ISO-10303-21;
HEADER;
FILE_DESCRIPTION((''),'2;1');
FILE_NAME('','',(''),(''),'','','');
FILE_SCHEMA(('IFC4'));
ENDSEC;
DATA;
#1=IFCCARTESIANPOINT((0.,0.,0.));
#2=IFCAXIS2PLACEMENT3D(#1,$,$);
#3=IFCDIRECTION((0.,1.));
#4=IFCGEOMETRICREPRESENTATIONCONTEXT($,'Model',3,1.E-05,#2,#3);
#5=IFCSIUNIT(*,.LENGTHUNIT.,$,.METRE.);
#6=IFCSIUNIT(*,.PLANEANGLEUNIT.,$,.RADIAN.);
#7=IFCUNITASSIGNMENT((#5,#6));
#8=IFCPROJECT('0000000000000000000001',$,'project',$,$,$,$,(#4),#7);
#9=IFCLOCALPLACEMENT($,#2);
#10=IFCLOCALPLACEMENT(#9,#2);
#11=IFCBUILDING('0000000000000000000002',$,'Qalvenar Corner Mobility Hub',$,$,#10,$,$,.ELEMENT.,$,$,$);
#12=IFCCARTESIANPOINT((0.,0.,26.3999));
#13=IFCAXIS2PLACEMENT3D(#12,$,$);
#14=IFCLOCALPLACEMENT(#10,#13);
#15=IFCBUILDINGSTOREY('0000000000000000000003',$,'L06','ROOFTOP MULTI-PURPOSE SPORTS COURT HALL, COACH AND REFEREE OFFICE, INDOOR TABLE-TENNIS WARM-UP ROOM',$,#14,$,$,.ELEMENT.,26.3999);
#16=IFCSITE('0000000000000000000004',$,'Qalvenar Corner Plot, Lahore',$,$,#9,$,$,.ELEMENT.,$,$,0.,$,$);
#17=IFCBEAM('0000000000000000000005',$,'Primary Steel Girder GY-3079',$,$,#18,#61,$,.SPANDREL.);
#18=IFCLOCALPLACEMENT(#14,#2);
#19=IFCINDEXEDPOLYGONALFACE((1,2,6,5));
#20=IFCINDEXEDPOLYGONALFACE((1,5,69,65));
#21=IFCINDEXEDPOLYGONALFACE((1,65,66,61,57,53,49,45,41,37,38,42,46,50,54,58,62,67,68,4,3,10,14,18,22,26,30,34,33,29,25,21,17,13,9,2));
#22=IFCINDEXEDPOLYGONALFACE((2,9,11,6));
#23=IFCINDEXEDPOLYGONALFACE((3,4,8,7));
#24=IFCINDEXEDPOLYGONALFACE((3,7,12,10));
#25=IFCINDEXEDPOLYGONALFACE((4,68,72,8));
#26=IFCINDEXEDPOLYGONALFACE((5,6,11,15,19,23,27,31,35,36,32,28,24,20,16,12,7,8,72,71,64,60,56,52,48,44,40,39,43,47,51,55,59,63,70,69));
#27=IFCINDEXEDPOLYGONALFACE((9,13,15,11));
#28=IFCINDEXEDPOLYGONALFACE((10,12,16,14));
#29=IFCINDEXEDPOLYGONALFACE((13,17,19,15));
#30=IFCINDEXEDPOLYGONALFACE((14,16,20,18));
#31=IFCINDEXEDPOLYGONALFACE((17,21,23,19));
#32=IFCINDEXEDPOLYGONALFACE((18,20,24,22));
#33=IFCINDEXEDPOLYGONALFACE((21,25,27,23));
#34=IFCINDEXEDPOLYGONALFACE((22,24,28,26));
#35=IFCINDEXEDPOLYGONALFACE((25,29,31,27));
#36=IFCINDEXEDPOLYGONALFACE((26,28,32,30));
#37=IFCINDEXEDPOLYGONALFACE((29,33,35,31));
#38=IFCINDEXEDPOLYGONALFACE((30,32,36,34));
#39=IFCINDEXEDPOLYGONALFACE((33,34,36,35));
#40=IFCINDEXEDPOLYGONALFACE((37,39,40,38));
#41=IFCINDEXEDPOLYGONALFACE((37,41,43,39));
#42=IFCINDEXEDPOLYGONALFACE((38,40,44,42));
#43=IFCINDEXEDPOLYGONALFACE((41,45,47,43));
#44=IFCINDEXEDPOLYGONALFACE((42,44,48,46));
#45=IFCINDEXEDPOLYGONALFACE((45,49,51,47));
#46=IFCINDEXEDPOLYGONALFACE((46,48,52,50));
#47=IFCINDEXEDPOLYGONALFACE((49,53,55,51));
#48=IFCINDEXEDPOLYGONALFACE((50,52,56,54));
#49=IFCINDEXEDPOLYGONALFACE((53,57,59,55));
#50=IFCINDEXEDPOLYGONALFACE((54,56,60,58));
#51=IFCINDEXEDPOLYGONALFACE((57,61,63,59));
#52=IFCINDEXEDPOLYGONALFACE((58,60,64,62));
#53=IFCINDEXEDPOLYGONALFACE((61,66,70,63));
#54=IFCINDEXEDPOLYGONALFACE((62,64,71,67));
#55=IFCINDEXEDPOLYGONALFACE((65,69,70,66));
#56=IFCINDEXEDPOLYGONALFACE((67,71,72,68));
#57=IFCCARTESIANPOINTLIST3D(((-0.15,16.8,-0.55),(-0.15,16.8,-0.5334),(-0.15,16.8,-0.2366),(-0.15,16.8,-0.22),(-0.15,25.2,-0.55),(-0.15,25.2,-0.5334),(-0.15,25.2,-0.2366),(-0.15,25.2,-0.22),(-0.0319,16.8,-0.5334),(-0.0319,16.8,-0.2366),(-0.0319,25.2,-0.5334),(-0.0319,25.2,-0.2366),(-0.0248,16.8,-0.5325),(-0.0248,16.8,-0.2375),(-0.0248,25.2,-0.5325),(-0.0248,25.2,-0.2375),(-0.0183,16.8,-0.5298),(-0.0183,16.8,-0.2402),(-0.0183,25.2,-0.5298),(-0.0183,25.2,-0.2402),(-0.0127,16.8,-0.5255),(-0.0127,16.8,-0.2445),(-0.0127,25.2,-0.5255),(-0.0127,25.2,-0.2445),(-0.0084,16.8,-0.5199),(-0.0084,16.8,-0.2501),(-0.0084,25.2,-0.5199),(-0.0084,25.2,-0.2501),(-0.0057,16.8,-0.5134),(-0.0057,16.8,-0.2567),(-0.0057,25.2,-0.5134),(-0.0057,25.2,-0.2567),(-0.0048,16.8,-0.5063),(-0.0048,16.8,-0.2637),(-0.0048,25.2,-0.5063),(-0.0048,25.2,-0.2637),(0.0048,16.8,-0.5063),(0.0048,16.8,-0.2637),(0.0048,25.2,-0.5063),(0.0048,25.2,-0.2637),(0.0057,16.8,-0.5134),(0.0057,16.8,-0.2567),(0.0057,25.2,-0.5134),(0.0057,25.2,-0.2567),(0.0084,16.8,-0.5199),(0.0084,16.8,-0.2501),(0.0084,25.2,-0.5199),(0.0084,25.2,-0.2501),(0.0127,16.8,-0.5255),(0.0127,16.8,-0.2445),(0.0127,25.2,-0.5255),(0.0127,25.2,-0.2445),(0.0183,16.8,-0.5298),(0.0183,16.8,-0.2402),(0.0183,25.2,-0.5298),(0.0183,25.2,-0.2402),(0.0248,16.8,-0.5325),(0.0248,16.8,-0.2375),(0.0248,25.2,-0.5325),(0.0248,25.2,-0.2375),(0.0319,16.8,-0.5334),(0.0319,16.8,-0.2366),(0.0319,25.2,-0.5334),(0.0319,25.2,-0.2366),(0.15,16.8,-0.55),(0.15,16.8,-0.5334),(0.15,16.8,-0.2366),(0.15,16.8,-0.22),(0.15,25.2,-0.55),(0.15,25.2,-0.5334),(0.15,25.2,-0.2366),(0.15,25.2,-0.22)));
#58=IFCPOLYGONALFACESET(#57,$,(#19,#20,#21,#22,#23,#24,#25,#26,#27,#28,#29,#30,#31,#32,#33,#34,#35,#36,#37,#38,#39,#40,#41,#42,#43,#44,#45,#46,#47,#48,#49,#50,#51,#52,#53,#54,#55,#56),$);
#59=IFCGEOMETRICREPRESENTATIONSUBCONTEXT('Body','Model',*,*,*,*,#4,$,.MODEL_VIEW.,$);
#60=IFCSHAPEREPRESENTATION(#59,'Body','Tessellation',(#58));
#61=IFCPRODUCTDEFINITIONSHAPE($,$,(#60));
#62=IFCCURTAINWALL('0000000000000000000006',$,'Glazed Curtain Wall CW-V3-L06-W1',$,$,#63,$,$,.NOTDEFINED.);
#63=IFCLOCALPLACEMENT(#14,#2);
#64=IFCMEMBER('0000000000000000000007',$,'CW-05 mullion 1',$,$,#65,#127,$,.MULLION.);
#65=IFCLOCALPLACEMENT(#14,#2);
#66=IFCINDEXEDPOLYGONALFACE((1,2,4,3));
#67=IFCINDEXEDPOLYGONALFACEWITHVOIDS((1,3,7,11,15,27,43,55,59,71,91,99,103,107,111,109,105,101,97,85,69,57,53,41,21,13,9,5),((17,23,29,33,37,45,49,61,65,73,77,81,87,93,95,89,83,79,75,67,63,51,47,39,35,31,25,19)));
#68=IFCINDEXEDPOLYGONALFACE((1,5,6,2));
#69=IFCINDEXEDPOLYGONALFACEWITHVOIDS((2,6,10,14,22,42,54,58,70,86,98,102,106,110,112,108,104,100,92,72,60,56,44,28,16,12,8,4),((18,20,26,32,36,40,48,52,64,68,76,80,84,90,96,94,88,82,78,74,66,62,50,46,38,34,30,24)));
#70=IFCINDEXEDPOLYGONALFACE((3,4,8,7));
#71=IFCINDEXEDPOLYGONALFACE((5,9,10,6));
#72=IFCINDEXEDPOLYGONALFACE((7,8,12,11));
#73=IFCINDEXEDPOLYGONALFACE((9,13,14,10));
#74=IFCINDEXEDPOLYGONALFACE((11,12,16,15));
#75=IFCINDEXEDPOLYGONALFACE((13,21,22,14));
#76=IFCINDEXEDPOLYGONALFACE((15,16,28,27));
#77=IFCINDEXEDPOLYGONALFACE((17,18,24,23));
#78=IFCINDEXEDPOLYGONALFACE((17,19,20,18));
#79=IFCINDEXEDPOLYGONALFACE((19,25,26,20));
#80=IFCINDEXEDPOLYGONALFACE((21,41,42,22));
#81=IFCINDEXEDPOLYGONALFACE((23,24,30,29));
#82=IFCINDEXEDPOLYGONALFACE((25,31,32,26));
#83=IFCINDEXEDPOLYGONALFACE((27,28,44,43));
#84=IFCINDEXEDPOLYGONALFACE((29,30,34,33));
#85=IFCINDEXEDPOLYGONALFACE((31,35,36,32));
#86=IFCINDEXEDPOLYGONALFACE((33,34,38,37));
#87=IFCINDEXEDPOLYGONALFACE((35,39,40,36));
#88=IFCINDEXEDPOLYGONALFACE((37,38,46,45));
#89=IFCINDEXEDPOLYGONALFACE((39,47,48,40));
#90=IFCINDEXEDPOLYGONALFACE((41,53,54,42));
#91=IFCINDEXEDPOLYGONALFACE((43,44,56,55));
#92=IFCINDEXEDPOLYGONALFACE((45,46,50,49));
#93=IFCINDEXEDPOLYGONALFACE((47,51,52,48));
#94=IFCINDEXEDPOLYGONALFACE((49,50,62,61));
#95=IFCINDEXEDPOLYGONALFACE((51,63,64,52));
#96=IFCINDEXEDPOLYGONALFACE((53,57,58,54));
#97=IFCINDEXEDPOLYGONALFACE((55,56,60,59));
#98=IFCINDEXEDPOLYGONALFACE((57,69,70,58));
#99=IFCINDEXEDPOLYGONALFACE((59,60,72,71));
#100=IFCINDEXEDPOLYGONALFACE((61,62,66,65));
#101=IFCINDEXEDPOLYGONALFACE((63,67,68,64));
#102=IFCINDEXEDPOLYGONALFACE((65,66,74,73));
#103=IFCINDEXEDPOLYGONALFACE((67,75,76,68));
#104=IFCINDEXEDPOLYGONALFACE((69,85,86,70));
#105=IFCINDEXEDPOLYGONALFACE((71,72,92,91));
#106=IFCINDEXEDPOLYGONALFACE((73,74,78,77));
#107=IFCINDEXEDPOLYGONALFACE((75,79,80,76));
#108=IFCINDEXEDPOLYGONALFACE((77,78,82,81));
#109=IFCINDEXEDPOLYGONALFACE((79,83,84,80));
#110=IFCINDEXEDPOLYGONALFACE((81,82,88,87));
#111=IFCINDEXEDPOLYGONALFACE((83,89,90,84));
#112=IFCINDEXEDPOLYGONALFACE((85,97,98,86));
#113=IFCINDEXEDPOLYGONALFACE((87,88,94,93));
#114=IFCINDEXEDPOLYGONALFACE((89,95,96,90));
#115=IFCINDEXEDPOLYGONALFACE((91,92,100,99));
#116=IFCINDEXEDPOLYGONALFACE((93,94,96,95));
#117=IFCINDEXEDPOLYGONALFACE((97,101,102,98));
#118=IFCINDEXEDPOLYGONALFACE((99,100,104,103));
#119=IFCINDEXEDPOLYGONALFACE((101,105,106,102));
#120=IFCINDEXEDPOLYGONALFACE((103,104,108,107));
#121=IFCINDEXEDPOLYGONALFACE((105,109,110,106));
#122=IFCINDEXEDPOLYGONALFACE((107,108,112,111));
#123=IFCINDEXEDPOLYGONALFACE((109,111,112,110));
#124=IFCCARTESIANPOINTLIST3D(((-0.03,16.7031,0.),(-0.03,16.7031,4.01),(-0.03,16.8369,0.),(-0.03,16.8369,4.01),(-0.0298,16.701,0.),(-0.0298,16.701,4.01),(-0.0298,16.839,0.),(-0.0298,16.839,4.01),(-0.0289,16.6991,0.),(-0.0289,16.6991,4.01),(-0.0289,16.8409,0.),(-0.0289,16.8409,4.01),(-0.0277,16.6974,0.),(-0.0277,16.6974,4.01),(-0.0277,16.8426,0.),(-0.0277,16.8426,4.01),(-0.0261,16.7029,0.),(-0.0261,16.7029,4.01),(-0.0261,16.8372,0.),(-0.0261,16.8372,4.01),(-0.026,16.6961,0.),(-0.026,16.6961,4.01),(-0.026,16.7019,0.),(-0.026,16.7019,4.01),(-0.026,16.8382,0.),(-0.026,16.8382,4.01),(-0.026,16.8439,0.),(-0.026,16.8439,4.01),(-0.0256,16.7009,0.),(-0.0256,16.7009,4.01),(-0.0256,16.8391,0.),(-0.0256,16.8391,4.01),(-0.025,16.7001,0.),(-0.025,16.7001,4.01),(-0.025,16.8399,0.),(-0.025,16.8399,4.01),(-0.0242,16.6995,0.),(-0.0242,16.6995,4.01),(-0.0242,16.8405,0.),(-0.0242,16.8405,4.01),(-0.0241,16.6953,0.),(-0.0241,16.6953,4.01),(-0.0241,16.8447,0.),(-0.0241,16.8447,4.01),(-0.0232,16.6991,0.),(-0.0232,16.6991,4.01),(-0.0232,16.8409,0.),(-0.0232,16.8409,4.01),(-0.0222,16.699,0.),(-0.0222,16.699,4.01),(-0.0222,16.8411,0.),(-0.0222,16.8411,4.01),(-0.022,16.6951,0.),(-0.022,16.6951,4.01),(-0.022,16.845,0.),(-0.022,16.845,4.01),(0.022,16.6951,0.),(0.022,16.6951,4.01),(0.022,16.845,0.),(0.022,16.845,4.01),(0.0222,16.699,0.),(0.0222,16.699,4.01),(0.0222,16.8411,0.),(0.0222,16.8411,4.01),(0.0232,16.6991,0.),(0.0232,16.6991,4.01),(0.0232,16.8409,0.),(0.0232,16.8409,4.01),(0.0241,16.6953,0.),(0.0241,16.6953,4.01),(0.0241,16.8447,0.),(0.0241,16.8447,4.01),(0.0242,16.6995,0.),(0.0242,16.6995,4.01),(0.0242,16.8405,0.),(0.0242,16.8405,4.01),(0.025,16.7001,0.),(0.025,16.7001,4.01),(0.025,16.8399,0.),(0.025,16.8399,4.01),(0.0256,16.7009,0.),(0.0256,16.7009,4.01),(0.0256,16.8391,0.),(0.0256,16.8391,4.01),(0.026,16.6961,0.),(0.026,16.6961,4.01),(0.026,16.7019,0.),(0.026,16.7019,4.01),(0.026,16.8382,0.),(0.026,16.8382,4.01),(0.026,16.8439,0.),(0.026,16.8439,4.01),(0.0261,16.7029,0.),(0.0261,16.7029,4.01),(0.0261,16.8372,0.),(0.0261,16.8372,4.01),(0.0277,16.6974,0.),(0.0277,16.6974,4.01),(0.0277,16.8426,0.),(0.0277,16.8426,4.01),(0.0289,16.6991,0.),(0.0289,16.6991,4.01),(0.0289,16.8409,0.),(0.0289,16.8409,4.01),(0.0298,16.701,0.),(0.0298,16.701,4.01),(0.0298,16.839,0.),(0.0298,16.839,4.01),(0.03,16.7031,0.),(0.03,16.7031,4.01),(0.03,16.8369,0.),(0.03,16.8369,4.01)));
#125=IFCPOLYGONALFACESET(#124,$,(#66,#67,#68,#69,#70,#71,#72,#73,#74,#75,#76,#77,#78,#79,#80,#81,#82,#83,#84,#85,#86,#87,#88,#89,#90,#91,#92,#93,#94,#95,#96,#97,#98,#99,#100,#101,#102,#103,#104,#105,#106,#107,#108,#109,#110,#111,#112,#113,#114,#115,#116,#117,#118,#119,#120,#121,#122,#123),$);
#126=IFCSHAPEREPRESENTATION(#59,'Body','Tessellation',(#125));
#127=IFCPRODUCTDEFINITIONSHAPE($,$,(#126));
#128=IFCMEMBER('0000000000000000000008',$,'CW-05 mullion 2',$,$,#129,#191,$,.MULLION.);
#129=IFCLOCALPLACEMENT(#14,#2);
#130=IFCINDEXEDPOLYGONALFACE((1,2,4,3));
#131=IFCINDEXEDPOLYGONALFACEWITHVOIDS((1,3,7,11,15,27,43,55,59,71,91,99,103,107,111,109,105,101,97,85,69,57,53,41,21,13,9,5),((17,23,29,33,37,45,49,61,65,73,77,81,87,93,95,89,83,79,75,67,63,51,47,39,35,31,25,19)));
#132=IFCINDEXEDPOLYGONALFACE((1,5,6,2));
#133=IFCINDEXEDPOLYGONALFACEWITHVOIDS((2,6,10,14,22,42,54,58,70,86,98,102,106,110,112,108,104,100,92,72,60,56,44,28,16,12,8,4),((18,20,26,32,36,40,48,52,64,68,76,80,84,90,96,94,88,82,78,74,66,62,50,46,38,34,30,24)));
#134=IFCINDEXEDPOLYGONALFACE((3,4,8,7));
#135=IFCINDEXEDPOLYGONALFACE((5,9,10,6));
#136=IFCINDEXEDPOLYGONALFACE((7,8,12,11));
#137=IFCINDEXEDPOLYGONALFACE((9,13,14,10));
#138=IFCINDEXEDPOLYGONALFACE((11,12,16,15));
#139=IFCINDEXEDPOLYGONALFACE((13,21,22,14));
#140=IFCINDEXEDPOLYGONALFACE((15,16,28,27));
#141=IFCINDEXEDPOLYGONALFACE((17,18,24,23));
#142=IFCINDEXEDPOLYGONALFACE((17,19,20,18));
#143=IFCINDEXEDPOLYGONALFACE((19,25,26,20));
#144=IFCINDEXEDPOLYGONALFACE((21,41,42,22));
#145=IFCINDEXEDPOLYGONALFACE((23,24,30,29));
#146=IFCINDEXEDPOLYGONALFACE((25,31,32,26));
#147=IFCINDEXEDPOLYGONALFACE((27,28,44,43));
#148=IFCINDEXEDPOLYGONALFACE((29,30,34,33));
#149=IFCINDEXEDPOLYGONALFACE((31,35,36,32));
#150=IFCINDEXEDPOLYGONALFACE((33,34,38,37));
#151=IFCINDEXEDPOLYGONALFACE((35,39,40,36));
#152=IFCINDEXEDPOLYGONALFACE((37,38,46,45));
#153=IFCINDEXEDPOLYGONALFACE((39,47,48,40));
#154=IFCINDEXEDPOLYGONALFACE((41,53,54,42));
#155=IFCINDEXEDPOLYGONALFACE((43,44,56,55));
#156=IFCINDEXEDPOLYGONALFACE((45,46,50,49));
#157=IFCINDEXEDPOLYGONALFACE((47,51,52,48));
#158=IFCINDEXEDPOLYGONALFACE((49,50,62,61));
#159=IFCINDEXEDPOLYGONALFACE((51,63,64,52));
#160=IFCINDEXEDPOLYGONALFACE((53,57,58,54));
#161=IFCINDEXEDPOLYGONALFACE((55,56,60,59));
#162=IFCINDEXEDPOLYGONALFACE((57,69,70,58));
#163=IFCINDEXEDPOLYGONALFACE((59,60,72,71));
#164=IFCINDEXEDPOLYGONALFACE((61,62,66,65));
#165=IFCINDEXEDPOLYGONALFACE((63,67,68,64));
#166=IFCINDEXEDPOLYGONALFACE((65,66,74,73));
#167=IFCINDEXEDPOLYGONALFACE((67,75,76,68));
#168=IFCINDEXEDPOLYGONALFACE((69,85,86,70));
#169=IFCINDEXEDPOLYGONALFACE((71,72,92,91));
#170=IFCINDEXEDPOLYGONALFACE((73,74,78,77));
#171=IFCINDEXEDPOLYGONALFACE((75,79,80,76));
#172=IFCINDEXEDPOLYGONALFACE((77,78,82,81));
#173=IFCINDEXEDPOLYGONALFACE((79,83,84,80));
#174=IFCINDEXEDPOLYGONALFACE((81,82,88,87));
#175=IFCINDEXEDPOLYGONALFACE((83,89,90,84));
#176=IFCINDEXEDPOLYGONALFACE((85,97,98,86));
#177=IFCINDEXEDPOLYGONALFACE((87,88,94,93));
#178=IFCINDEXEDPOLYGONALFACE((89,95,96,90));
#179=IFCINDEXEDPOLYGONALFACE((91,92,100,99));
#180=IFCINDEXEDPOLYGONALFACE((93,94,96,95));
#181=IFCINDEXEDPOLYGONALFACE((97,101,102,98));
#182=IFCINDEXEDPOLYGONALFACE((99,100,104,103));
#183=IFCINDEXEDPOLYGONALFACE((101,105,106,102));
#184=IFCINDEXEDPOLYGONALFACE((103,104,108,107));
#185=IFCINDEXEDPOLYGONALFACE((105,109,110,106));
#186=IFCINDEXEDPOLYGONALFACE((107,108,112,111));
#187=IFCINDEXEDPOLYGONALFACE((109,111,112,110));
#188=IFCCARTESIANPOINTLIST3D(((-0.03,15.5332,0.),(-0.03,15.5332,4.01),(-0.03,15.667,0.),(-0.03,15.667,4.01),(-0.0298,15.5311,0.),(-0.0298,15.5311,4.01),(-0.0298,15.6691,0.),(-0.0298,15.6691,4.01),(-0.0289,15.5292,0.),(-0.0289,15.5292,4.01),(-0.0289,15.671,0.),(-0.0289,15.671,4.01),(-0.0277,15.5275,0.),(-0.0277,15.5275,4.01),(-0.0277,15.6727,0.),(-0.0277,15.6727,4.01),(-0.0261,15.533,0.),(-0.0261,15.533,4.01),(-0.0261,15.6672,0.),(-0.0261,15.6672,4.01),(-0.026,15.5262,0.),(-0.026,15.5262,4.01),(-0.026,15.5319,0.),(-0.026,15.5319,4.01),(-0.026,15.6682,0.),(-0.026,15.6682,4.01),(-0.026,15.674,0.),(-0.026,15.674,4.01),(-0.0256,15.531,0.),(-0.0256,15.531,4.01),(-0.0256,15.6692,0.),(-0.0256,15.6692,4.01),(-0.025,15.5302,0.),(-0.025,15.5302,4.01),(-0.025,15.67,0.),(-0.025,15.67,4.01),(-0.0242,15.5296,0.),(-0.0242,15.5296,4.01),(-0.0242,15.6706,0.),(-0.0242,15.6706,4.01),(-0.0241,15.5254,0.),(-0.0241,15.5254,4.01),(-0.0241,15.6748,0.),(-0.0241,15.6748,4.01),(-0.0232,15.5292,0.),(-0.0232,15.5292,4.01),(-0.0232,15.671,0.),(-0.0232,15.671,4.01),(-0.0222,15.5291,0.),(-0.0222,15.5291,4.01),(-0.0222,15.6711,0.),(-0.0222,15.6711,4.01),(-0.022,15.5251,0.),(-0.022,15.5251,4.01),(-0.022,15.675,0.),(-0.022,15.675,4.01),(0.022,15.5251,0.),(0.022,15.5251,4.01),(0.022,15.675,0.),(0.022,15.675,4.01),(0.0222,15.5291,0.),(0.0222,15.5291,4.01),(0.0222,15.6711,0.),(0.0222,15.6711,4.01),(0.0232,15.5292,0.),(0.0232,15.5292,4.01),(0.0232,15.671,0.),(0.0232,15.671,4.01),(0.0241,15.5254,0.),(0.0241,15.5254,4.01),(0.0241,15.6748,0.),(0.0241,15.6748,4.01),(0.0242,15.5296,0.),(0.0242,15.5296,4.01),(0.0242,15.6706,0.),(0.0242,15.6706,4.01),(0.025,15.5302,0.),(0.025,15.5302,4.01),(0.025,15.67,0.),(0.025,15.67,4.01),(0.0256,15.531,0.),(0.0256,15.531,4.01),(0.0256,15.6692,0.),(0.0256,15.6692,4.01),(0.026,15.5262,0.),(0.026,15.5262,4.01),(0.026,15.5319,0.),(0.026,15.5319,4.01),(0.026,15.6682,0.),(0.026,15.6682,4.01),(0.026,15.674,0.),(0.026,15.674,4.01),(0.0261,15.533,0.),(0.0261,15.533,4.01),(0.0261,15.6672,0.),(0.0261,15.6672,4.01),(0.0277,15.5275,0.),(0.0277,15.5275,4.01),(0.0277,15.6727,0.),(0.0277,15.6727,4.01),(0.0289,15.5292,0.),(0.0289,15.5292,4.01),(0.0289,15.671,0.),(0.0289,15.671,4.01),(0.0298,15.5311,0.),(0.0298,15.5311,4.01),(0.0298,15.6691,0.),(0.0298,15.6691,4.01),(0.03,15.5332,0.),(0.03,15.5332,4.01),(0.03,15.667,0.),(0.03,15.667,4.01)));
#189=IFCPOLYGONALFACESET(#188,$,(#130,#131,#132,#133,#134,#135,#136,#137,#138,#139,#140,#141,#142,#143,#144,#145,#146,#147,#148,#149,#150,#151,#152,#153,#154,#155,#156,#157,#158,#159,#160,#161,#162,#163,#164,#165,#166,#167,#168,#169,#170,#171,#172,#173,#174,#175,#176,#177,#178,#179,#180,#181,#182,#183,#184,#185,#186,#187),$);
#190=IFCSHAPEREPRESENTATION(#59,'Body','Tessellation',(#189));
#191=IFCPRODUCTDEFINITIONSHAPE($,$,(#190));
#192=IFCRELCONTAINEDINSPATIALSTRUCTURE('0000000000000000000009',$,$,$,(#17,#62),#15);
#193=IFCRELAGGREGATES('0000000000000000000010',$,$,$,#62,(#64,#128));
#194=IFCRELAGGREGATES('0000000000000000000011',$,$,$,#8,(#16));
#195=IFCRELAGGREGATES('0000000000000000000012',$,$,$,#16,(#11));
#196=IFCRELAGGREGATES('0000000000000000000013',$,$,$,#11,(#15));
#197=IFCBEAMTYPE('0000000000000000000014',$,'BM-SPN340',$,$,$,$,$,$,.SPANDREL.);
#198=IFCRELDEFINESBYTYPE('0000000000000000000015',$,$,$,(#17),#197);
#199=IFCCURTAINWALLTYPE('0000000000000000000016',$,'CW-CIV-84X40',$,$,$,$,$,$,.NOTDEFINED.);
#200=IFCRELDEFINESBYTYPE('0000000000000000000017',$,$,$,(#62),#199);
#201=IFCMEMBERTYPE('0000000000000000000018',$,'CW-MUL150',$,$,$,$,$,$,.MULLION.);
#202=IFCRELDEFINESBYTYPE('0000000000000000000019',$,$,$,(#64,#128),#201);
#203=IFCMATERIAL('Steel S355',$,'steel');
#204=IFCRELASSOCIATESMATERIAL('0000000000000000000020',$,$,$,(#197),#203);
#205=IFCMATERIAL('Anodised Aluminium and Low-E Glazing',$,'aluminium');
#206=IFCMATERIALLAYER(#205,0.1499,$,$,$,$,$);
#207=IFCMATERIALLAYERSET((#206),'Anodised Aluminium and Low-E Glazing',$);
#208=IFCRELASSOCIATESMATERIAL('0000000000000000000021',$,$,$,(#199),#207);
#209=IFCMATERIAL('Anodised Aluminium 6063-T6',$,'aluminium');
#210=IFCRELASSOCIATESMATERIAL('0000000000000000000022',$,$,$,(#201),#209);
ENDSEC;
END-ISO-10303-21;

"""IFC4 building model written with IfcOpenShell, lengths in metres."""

from ifc_helpers import new_model, si_unit, direction, frame, origin, origin_2d, place, context, subcontext, project, spatial, hollow_rectangle, i_section, extrude, material, layer, layer_set, material_profile, profile_set, type_object, element, aggregate, save


model = new_model("IFC4")

# Units and contexts
model_context = context("Model", 3, precision=1e-05, world=origin(), true_north=direction((0.0, 1.0)))
body_context = subcontext(model_context, "Body", "Model", "MODEL_VIEW")
ifc_project = project(units=[si_unit("LENGTHUNIT", "METRE"), si_unit("PLANEANGLEUNIT", "RADIAN")], contexts=[model_context])

# Site, building, storey
site_placement = place(None, origin())
site = spatial("IfcSite", under=ifc_project, at=site_placement, Name="Qalvenar Corner Plot, Lahore", CompositionType="ELEMENT", RefElevation=0.0)
building_placement = place(site_placement, origin())
building = spatial("IfcBuilding", under=site, at=building_placement, Name="Qalvenar Corner Mobility Hub", CompositionType="ELEMENT")
storey_placement = place(building_placement, frame((0.0, 0.0, 26.3999)))
storey = spatial("IfcBuildingStorey", under=building, at=storey_placement, Name="L06", Description="ROOFTOP MULTI-PURPOSE SPORTS COURT HALL, COACH AND REFEREE OFFICE, INDOOR TABLE-TENNIS WARM-UP ROOM", CompositionType="ELEMENT", Elevation=26.3999)

# Shared definitions
ifc_material_1 = material(Name="Steel S355", Category="steel")

# Beam
ifc_material_profile_1 = material_profile(ifc_material_1, i_section(OverallWidth=0.3, OverallDepth=0.3301, WebThickness=0.0095, FlangeThickness=0.0166, FilletRadius=0.0271, at=origin_2d()), Name="HEA340")
ifc_profile_set_1 = profile_set([ifc_material_profile_1], Name="Steel S355")
beam_type_1 = type_object("IfcBeamType", Name="BM-SPN340", PredefinedType="SPANDREL", material=ifc_profile_set_1)
beam_1_placement = place(storey_placement, frame((0.0, 16.8, -0.385), z_axis=(0.0, 1.0, 0.0), x_axis=(-1.0, 0.0, 0.0)))
element("IfcBeam", 1, at=beam_1_placement, inside=storey, type_object=beam_type_1, Name="Primary Steel Girder GY-3079", PredefinedType="SPANDREL", context=body_context, shape_type="SweptSolid", body=[
    extrude(i_section(OverallWidth=0.3, OverallDepth=0.3301, WebThickness=0.0095, FlangeThickness=0.0166, FilletRadius=0.0271, at=origin_2d()), origin(), (0.0, 0.0, 1.0), 8.3999),
])

# Curtain wall, members
ifc_material_2 = material(Name="Anodised Aluminium and Low-E Glazing", Category="aluminium")
ifc_layer_1 = layer(ifc_material_2, 0.1499)
ifc_layer_set_1 = layer_set([ifc_layer_1], Name="Anodised Aluminium and Low-E Glazing")
curtain_wall_type = type_object("IfcCurtainWallType", Name="CW-CIV-84X40", PredefinedType="NOTDEFINED", material=ifc_layer_set_1)
curtain_wall_placement = place(storey_placement, origin())
curtain_wall = element("IfcCurtainWall", 2, at=curtain_wall_placement, inside=storey, type_object=curtain_wall_type, Name="Glazed Curtain Wall CW-V3-L06-W1", PredefinedType="NOTDEFINED")
ifc_material_3 = material(Name="Anodised Aluminium 6063-T6", Category="aluminium")
ifc_material_profile_2 = material_profile(ifc_material_3, hollow_rectangle(XDim=0.0601, YDim=0.1499, WallThickness=0.0039, InnerFilletRadius=0.0039, OuterFilletRadius=0.0081, at=origin_2d()), Name="RHS150x60x4")
ifc_profile_set_2 = profile_set([ifc_material_profile_2], Name="Anodised Aluminium 6063-T6")
member_type_1 = type_object("IfcMemberType", Name="CW-MUL150", PredefinedType="MULLION", material=ifc_profile_set_2)
member_1_placement = place(storey_placement, frame((0.0, 16.77, 0.0), z_axis=(0.0, 0.0, 1.0), x_axis=(1.0, 0.0, 0.0)))
member_1 = element("IfcMember", 3, at=member_1_placement, type_object=member_type_1, Name="CW-05 mullion 1", PredefinedType="MULLION", context=body_context, shape_type="SweptSolid", body=[
    extrude(hollow_rectangle(XDim=0.0601, YDim=0.1499, WallThickness=0.0039, InnerFilletRadius=0.0039, OuterFilletRadius=0.0081, at=origin_2d()), origin(), (0.0, 0.0, 1.0), 4.01),
])
member_2_placement = place(storey_placement, frame((0.0, 15.6001, 0.0), z_axis=(0.0, 0.0, 1.0), x_axis=(1.0, 0.0, 0.0)))
member_2 = element("IfcMember", 4, at=member_2_placement, type_object=member_type_1, Name="CW-05 mullion 2", PredefinedType="MULLION", context=body_context, shape_type="SweptSolid", body=[
    extrude(hollow_rectangle(XDim=0.0601, YDim=0.1499, WallThickness=0.0039, InnerFilletRadius=0.0039, OuterFilletRadius=0.0081, at=origin_2d()), origin(), (0.0, 0.0, 1.0), 4.01),
])
aggregate(curtain_wall, [member_1, member_2])

save(model, "model.ifc")
